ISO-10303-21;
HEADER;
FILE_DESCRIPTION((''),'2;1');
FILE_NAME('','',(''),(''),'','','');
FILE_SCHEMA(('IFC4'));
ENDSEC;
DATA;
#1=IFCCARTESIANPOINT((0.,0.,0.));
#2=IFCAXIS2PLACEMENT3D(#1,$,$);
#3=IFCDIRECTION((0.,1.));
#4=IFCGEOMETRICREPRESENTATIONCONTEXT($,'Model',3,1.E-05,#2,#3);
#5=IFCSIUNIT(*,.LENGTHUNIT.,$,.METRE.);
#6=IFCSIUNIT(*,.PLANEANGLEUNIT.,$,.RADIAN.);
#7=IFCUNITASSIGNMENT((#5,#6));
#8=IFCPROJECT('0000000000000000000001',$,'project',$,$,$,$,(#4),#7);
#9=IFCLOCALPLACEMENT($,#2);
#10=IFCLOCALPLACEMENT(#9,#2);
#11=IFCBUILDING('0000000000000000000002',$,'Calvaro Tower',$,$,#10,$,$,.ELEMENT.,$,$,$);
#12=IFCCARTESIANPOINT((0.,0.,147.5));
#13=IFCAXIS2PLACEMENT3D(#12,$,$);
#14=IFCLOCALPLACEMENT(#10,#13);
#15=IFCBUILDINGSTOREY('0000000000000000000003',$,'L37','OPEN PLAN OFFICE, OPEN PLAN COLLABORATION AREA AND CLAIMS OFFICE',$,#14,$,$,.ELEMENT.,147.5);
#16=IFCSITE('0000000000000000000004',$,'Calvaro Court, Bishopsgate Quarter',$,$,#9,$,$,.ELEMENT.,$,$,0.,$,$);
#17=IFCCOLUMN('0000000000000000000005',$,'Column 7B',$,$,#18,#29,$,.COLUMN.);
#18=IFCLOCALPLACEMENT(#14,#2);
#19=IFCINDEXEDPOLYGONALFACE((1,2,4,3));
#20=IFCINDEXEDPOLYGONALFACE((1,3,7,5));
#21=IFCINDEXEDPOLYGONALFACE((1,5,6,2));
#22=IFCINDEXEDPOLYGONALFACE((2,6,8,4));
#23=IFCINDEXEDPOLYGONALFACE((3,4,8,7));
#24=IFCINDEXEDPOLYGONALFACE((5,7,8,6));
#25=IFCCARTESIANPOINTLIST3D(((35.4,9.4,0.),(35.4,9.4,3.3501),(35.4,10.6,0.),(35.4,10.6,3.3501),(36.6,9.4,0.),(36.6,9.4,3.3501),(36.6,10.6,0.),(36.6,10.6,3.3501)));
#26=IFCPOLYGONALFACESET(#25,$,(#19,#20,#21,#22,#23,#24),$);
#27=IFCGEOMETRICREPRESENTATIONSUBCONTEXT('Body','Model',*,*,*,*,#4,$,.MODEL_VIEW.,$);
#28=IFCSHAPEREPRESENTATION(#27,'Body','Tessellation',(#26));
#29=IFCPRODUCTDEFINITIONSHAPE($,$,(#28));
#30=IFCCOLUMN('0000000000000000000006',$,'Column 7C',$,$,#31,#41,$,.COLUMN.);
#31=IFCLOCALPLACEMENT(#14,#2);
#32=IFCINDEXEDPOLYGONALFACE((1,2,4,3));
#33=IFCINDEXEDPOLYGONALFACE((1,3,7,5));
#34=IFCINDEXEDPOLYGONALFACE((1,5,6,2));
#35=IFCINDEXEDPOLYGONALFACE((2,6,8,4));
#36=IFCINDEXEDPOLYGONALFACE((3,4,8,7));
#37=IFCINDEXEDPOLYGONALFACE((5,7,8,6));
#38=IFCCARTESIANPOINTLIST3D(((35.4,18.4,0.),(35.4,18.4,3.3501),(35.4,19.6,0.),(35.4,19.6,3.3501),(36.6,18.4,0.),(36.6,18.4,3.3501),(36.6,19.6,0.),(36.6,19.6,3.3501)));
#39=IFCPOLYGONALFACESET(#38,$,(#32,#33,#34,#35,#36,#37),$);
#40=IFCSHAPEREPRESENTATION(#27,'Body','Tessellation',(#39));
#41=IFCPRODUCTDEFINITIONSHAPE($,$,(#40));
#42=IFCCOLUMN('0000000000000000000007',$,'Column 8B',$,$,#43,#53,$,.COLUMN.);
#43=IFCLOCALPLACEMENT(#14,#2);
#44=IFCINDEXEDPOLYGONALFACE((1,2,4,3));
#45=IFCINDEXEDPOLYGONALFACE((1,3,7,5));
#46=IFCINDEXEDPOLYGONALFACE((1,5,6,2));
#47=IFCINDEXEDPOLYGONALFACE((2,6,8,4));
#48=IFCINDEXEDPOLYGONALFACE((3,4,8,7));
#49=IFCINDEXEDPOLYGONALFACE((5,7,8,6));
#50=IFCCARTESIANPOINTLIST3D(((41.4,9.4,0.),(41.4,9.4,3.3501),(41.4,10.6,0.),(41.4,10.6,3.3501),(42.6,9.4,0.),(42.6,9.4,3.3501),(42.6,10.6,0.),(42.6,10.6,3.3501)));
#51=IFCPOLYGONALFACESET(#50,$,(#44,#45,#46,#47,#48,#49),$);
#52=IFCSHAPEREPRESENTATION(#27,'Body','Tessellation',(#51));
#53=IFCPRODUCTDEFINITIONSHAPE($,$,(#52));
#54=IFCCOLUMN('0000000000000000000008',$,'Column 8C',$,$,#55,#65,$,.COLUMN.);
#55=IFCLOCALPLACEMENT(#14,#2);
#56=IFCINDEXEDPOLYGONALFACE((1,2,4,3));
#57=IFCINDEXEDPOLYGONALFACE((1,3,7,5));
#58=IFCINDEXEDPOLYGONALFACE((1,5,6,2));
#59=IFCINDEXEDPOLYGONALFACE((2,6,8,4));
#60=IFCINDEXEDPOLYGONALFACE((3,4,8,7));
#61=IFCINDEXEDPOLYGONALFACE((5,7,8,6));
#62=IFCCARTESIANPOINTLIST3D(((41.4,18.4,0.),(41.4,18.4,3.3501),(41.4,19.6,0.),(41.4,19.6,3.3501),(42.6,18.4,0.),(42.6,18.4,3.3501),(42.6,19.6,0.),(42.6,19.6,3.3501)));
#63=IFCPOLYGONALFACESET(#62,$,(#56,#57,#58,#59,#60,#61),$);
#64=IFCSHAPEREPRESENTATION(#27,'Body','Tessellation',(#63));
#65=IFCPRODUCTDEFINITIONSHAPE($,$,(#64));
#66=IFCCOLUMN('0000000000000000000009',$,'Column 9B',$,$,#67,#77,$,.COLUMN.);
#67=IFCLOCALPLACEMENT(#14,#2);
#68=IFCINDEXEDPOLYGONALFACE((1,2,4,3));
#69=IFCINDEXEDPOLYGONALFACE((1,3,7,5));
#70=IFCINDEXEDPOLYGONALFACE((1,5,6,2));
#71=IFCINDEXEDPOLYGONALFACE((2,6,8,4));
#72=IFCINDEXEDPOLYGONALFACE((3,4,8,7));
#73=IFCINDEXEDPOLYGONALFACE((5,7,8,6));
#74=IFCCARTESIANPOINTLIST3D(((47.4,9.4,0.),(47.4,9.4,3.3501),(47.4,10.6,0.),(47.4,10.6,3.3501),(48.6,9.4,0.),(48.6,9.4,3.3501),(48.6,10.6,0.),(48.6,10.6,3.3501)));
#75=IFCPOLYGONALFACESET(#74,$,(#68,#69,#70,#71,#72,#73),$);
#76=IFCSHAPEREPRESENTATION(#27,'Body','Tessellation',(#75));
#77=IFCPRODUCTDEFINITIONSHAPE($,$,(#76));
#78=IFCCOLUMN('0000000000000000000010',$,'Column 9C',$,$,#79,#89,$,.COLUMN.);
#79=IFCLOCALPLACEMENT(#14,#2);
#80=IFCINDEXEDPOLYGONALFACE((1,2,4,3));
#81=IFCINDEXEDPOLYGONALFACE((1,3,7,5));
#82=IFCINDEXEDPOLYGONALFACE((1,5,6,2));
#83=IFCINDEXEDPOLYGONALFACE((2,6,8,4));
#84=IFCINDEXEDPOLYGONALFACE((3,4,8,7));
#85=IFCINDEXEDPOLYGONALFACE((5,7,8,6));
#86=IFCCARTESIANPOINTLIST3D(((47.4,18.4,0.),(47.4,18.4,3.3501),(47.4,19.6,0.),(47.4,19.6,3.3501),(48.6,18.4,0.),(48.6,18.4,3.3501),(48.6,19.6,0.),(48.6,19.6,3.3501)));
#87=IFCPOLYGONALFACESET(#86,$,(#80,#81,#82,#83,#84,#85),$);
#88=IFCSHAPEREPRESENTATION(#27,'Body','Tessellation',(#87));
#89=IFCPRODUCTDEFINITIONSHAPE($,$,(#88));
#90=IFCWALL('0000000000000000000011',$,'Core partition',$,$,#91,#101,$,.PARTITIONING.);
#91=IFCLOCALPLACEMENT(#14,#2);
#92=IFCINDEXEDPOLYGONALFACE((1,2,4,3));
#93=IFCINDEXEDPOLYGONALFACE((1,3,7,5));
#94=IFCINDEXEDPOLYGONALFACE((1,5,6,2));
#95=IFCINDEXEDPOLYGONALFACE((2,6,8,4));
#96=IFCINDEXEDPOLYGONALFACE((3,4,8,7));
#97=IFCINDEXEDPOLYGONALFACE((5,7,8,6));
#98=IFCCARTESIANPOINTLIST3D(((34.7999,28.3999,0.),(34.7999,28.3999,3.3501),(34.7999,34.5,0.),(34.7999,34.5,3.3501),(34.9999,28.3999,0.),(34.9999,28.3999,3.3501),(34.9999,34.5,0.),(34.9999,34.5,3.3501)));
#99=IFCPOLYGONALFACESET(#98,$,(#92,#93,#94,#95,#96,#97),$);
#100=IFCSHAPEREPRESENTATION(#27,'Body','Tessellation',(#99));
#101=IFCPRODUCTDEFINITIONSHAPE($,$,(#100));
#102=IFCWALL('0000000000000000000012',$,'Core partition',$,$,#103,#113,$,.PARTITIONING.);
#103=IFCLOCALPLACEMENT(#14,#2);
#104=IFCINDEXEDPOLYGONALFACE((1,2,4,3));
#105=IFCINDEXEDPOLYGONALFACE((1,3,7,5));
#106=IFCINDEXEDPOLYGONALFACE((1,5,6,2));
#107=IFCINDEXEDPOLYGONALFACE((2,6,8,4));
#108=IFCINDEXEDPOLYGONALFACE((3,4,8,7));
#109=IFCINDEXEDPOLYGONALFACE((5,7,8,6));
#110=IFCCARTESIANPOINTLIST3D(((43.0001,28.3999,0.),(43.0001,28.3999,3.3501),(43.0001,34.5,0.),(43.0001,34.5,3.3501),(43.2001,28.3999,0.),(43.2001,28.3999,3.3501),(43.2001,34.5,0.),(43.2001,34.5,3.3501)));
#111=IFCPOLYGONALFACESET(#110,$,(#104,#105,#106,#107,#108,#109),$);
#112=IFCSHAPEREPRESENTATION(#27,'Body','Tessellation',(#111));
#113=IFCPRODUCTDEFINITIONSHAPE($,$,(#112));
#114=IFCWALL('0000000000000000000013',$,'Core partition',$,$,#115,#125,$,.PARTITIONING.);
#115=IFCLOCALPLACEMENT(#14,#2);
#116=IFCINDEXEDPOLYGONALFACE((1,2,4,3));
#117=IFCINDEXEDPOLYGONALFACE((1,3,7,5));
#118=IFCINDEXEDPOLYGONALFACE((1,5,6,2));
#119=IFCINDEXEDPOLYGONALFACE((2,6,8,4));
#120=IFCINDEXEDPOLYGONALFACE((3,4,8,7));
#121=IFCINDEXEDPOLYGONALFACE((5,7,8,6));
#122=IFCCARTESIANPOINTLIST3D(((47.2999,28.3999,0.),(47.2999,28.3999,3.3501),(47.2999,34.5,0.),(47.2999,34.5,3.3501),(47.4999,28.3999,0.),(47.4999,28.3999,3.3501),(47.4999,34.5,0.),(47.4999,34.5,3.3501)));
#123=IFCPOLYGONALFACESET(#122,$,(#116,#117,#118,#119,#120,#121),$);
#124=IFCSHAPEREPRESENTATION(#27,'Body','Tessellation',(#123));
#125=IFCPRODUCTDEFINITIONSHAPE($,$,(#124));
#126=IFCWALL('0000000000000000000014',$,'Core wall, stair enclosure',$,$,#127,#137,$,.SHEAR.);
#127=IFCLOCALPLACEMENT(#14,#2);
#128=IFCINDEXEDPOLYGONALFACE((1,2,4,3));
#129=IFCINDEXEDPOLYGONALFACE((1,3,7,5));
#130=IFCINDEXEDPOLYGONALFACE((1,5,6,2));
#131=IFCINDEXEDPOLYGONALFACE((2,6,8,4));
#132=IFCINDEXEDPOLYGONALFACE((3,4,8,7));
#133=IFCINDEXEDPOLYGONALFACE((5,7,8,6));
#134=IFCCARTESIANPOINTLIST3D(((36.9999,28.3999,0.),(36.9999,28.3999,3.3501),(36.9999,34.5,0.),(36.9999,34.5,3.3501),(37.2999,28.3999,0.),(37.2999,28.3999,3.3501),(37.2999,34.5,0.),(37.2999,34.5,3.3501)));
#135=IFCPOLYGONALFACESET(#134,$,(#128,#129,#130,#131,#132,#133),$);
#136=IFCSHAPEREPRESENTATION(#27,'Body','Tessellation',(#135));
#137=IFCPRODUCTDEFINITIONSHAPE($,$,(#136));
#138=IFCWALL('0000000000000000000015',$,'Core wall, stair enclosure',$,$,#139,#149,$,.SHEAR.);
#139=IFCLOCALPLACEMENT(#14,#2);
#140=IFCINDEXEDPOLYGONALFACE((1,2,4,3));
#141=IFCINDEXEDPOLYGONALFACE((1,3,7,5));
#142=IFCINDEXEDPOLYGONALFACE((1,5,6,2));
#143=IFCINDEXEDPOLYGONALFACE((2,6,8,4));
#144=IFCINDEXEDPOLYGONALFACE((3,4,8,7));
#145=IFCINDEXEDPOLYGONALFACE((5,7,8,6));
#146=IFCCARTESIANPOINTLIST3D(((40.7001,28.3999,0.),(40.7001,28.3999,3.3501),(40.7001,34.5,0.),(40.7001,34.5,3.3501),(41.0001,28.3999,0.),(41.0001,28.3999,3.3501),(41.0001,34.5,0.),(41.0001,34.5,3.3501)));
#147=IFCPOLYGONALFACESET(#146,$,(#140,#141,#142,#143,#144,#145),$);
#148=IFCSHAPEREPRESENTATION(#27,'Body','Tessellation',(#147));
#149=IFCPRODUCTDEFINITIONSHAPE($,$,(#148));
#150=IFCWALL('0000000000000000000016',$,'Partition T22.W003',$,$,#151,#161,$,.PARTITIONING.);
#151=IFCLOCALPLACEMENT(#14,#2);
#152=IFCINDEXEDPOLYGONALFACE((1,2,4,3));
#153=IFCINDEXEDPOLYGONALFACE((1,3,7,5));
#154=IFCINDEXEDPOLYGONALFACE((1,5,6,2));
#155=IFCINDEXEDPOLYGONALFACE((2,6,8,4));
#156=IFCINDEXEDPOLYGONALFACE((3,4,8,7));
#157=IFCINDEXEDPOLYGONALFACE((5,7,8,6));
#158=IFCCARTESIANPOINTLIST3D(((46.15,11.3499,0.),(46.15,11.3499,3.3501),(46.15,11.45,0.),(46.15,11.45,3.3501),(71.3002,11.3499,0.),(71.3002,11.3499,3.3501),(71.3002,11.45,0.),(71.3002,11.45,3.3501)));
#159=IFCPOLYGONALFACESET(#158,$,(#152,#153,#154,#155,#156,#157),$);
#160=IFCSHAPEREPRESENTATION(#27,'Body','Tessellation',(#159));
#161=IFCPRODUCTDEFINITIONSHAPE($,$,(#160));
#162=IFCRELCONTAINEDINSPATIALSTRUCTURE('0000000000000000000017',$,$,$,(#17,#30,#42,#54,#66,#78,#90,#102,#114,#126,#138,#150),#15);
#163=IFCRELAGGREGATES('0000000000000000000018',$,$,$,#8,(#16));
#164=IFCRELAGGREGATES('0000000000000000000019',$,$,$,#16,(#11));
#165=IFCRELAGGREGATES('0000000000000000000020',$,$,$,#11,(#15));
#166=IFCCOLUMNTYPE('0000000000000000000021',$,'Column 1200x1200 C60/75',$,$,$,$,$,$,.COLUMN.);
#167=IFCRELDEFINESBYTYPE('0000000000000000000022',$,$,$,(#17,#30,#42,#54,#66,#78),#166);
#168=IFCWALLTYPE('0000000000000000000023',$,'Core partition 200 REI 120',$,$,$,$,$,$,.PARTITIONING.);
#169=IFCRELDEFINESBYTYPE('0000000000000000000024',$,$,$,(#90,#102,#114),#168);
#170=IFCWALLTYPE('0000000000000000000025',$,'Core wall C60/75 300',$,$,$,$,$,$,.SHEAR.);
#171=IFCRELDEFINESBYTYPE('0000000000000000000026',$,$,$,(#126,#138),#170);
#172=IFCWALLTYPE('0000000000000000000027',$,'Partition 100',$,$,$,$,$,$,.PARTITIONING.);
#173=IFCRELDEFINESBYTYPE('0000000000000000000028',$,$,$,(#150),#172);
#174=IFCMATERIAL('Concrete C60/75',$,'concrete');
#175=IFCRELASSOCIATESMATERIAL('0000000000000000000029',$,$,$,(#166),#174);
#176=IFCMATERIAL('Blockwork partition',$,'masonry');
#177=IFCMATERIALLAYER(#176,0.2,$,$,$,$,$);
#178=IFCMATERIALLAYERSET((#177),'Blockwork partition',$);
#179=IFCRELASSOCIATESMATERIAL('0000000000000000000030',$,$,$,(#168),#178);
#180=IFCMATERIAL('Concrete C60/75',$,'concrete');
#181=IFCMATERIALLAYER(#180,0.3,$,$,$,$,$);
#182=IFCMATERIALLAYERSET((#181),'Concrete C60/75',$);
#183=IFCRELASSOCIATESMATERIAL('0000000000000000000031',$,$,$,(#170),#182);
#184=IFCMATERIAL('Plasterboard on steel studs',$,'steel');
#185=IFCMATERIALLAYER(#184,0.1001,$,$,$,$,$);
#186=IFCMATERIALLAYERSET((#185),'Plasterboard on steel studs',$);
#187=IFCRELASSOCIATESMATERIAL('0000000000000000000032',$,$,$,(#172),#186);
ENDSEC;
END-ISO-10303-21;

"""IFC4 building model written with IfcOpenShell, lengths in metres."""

from ifc_helpers import new_model, si_unit, direction, frame, frame_2d, origin, origin_2d, place, context, subcontext, project, spatial, rectangle, extrude, material, layer, layer_set, material_profile, profile_set, type_object, element, save


model = new_model("IFC4")

# Units and contexts
model_context = context("Model", 3, precision=1e-05, world=origin(), true_north=direction((0.0, 1.0)))
body_context = subcontext(model_context, "Body", "Model", "MODEL_VIEW")
ifc_project = project(units=[si_unit("LENGTHUNIT", "METRE"), si_unit("PLANEANGLEUNIT", "RADIAN")], contexts=[model_context])

# Site, building, storey
site_placement = place(None, origin())
site = spatial("IfcSite", under=ifc_project, at=site_placement, Name="Calvaro Court, Bishopsgate Quarter", CompositionType="ELEMENT", RefElevation=0.0)
building_placement = place(site_placement, origin())
building = spatial("IfcBuilding", under=site, at=building_placement, Name="Calvaro Tower", CompositionType="ELEMENT")
storey_placement = place(building_placement, frame((0.0, 0.0, 147.5)))
storey = spatial("IfcBuildingStorey", under=building, at=storey_placement, Name="L37", Description="OPEN PLAN OFFICE, OPEN PLAN COLLABORATION AREA AND CLAIMS OFFICE", CompositionType="ELEMENT", Elevation=147.5)

# Columns
ifc_material_1 = material(Name="Concrete C60/75", Category="concrete")
ifc_material_profile = material_profile(ifc_material_1, rectangle(XDim=1.2, YDim=1.2, at=origin_2d()), Name="RC 1200x1200")
ifc_profile_set = profile_set([ifc_material_profile], Name="Concrete C60/75")
column_type = type_object("IfcColumnType", Name="Column 1200x1200 C60/75", PredefinedType="COLUMN", material=ifc_profile_set)
for number, where, z_axis, x_axis, name in (
    (1, (36.0, 10.0, 0.0), (0.0, 0.0, 1.0), (1.0, 0.0, 0.0), "Column 7B"),
    (2, (36.0, 19.0, 0.0), (0.0, 0.0, 1.0), (1.0, 0.0, 0.0), "Column 7C"),
    (3, (42.0, 10.0, 0.0), (0.0, 0.0, 1.0), (1.0, 0.0, 0.0), "Column 8B"),
    (4, (42.0, 19.0, 0.0), (0.0, 0.0, 1.0), (1.0, 0.0, 0.0), "Column 8C"),
    (5, (48.0, 10.0, 0.0), (0.0, 0.0, 1.0), (1.0, 0.0, 0.0), "Column 9B"),
    (6, (48.0, 19.0, 0.0), (0.0, 0.0, 1.0), (1.0, 0.0, 0.0), "Column 9C"),
):
    element("IfcColumn", number, at=place(storey_placement, frame(where, z_axis=z_axis, x_axis=x_axis)), inside=storey, type_object=column_type, Name=name, PredefinedType="COLUMN", context=body_context, shape_type="SweptSolid", body=[
        extrude(rectangle(XDim=1.2, YDim=1.2, at=origin_2d()), origin(), (0.0, 0.0, 1.0), 3.3501),
    ])

# Walls
ifc_material_2 = material(Name="Blockwork partition", Category="masonry")
ifc_layer_1 = layer(ifc_material_2, 0.2)
ifc_layer_set_1 = layer_set([ifc_layer_1], Name="Blockwork partition")
wall_type_1 = type_object("IfcWallType", Name="Core partition 200 REI 120", PredefinedType="PARTITIONING", material=ifc_layer_set_1)
for number, where, z_axis, x_axis, name in (
    (7, (34.8999, 28.3999, 0.0), (0.0, 0.0, 1.0), (0.0, 1.0, 0.0), "Core partition"),
    (8, (43.1001, 28.3999, 0.0), (0.0, 0.0, 1.0), (0.0, 1.0, 0.0), "Core partition"),
    (9, (47.3999, 28.3999, 0.0), (0.0, 0.0, 1.0), (0.0, 1.0, 0.0), "Core partition"),
):
    element("IfcWall", number, at=place(storey_placement, frame(where, z_axis=z_axis, x_axis=x_axis)), inside=storey, type_object=wall_type_1, Name=name, PredefinedType="PARTITIONING", context=body_context, shape_type="SweptSolid", body=[
        extrude(rectangle(XDim=6.1001, YDim=0.2, at=frame_2d((3.05, 0.0))), origin(), (0.0, 0.0, 1.0), 3.3501),
    ])
ifc_material_3 = material(Name="Concrete C60/75", Category="concrete")
ifc_layer_2 = layer(ifc_material_3, 0.3)
ifc_layer_set_2 = layer_set([ifc_layer_2], Name="Concrete C60/75")
wall_type_2 = type_object("IfcWallType", Name="Core wall C60/75 300", PredefinedType="SHEAR", material=ifc_layer_set_2)
for number, where, z_axis, x_axis, name in (
    (10, (37.1499, 28.3999, 0.0), (0.0, 0.0, 1.0), (0.0, 1.0, 0.0), "Core wall, stair enclosure"),
    (11, (40.8501, 28.3999, 0.0), (0.0, 0.0, 1.0), (0.0, 1.0, 0.0), "Core wall, stair enclosure"),
):
    element("IfcWall", number, at=place(storey_placement, frame(where, z_axis=z_axis, x_axis=x_axis)), inside=storey, type_object=wall_type_2, Name=name, PredefinedType="SHEAR", context=body_context, shape_type="SweptSolid", body=[
        extrude(rectangle(XDim=6.1001, YDim=0.3, at=frame_2d((3.05, 0.0))), origin(), (0.0, 0.0, 1.0), 3.3501),
    ])
ifc_material_4 = material(Name="Plasterboard on steel studs", Category="steel")
ifc_layer_3 = layer(ifc_material_4, 0.1001)
ifc_layer_set_3 = layer_set([ifc_layer_3], Name="Plasterboard on steel studs")
wall_type_3 = type_object("IfcWallType", Name="Partition 100", PredefinedType="PARTITIONING", material=ifc_layer_set_3)
wall_1_placement = place(storey_placement, frame((46.1499, 11.3999, 0.0), z_axis=(0.0, 0.0, 1.0), x_axis=(1.0, 0.0, 0.0)))
element("IfcWall", 12, at=wall_1_placement, inside=storey, type_object=wall_type_3, Name="Partition T22.W003", PredefinedType="PARTITIONING", context=body_context, shape_type="SweptSolid", body=[
    extrude(rectangle(XDim=25.1501, YDim=0.1001, at=frame_2d((12.5752, 0.0))), origin(), (0.0, 0.0, 1.0), 3.3501),
])

save(model, "model.ifc")
